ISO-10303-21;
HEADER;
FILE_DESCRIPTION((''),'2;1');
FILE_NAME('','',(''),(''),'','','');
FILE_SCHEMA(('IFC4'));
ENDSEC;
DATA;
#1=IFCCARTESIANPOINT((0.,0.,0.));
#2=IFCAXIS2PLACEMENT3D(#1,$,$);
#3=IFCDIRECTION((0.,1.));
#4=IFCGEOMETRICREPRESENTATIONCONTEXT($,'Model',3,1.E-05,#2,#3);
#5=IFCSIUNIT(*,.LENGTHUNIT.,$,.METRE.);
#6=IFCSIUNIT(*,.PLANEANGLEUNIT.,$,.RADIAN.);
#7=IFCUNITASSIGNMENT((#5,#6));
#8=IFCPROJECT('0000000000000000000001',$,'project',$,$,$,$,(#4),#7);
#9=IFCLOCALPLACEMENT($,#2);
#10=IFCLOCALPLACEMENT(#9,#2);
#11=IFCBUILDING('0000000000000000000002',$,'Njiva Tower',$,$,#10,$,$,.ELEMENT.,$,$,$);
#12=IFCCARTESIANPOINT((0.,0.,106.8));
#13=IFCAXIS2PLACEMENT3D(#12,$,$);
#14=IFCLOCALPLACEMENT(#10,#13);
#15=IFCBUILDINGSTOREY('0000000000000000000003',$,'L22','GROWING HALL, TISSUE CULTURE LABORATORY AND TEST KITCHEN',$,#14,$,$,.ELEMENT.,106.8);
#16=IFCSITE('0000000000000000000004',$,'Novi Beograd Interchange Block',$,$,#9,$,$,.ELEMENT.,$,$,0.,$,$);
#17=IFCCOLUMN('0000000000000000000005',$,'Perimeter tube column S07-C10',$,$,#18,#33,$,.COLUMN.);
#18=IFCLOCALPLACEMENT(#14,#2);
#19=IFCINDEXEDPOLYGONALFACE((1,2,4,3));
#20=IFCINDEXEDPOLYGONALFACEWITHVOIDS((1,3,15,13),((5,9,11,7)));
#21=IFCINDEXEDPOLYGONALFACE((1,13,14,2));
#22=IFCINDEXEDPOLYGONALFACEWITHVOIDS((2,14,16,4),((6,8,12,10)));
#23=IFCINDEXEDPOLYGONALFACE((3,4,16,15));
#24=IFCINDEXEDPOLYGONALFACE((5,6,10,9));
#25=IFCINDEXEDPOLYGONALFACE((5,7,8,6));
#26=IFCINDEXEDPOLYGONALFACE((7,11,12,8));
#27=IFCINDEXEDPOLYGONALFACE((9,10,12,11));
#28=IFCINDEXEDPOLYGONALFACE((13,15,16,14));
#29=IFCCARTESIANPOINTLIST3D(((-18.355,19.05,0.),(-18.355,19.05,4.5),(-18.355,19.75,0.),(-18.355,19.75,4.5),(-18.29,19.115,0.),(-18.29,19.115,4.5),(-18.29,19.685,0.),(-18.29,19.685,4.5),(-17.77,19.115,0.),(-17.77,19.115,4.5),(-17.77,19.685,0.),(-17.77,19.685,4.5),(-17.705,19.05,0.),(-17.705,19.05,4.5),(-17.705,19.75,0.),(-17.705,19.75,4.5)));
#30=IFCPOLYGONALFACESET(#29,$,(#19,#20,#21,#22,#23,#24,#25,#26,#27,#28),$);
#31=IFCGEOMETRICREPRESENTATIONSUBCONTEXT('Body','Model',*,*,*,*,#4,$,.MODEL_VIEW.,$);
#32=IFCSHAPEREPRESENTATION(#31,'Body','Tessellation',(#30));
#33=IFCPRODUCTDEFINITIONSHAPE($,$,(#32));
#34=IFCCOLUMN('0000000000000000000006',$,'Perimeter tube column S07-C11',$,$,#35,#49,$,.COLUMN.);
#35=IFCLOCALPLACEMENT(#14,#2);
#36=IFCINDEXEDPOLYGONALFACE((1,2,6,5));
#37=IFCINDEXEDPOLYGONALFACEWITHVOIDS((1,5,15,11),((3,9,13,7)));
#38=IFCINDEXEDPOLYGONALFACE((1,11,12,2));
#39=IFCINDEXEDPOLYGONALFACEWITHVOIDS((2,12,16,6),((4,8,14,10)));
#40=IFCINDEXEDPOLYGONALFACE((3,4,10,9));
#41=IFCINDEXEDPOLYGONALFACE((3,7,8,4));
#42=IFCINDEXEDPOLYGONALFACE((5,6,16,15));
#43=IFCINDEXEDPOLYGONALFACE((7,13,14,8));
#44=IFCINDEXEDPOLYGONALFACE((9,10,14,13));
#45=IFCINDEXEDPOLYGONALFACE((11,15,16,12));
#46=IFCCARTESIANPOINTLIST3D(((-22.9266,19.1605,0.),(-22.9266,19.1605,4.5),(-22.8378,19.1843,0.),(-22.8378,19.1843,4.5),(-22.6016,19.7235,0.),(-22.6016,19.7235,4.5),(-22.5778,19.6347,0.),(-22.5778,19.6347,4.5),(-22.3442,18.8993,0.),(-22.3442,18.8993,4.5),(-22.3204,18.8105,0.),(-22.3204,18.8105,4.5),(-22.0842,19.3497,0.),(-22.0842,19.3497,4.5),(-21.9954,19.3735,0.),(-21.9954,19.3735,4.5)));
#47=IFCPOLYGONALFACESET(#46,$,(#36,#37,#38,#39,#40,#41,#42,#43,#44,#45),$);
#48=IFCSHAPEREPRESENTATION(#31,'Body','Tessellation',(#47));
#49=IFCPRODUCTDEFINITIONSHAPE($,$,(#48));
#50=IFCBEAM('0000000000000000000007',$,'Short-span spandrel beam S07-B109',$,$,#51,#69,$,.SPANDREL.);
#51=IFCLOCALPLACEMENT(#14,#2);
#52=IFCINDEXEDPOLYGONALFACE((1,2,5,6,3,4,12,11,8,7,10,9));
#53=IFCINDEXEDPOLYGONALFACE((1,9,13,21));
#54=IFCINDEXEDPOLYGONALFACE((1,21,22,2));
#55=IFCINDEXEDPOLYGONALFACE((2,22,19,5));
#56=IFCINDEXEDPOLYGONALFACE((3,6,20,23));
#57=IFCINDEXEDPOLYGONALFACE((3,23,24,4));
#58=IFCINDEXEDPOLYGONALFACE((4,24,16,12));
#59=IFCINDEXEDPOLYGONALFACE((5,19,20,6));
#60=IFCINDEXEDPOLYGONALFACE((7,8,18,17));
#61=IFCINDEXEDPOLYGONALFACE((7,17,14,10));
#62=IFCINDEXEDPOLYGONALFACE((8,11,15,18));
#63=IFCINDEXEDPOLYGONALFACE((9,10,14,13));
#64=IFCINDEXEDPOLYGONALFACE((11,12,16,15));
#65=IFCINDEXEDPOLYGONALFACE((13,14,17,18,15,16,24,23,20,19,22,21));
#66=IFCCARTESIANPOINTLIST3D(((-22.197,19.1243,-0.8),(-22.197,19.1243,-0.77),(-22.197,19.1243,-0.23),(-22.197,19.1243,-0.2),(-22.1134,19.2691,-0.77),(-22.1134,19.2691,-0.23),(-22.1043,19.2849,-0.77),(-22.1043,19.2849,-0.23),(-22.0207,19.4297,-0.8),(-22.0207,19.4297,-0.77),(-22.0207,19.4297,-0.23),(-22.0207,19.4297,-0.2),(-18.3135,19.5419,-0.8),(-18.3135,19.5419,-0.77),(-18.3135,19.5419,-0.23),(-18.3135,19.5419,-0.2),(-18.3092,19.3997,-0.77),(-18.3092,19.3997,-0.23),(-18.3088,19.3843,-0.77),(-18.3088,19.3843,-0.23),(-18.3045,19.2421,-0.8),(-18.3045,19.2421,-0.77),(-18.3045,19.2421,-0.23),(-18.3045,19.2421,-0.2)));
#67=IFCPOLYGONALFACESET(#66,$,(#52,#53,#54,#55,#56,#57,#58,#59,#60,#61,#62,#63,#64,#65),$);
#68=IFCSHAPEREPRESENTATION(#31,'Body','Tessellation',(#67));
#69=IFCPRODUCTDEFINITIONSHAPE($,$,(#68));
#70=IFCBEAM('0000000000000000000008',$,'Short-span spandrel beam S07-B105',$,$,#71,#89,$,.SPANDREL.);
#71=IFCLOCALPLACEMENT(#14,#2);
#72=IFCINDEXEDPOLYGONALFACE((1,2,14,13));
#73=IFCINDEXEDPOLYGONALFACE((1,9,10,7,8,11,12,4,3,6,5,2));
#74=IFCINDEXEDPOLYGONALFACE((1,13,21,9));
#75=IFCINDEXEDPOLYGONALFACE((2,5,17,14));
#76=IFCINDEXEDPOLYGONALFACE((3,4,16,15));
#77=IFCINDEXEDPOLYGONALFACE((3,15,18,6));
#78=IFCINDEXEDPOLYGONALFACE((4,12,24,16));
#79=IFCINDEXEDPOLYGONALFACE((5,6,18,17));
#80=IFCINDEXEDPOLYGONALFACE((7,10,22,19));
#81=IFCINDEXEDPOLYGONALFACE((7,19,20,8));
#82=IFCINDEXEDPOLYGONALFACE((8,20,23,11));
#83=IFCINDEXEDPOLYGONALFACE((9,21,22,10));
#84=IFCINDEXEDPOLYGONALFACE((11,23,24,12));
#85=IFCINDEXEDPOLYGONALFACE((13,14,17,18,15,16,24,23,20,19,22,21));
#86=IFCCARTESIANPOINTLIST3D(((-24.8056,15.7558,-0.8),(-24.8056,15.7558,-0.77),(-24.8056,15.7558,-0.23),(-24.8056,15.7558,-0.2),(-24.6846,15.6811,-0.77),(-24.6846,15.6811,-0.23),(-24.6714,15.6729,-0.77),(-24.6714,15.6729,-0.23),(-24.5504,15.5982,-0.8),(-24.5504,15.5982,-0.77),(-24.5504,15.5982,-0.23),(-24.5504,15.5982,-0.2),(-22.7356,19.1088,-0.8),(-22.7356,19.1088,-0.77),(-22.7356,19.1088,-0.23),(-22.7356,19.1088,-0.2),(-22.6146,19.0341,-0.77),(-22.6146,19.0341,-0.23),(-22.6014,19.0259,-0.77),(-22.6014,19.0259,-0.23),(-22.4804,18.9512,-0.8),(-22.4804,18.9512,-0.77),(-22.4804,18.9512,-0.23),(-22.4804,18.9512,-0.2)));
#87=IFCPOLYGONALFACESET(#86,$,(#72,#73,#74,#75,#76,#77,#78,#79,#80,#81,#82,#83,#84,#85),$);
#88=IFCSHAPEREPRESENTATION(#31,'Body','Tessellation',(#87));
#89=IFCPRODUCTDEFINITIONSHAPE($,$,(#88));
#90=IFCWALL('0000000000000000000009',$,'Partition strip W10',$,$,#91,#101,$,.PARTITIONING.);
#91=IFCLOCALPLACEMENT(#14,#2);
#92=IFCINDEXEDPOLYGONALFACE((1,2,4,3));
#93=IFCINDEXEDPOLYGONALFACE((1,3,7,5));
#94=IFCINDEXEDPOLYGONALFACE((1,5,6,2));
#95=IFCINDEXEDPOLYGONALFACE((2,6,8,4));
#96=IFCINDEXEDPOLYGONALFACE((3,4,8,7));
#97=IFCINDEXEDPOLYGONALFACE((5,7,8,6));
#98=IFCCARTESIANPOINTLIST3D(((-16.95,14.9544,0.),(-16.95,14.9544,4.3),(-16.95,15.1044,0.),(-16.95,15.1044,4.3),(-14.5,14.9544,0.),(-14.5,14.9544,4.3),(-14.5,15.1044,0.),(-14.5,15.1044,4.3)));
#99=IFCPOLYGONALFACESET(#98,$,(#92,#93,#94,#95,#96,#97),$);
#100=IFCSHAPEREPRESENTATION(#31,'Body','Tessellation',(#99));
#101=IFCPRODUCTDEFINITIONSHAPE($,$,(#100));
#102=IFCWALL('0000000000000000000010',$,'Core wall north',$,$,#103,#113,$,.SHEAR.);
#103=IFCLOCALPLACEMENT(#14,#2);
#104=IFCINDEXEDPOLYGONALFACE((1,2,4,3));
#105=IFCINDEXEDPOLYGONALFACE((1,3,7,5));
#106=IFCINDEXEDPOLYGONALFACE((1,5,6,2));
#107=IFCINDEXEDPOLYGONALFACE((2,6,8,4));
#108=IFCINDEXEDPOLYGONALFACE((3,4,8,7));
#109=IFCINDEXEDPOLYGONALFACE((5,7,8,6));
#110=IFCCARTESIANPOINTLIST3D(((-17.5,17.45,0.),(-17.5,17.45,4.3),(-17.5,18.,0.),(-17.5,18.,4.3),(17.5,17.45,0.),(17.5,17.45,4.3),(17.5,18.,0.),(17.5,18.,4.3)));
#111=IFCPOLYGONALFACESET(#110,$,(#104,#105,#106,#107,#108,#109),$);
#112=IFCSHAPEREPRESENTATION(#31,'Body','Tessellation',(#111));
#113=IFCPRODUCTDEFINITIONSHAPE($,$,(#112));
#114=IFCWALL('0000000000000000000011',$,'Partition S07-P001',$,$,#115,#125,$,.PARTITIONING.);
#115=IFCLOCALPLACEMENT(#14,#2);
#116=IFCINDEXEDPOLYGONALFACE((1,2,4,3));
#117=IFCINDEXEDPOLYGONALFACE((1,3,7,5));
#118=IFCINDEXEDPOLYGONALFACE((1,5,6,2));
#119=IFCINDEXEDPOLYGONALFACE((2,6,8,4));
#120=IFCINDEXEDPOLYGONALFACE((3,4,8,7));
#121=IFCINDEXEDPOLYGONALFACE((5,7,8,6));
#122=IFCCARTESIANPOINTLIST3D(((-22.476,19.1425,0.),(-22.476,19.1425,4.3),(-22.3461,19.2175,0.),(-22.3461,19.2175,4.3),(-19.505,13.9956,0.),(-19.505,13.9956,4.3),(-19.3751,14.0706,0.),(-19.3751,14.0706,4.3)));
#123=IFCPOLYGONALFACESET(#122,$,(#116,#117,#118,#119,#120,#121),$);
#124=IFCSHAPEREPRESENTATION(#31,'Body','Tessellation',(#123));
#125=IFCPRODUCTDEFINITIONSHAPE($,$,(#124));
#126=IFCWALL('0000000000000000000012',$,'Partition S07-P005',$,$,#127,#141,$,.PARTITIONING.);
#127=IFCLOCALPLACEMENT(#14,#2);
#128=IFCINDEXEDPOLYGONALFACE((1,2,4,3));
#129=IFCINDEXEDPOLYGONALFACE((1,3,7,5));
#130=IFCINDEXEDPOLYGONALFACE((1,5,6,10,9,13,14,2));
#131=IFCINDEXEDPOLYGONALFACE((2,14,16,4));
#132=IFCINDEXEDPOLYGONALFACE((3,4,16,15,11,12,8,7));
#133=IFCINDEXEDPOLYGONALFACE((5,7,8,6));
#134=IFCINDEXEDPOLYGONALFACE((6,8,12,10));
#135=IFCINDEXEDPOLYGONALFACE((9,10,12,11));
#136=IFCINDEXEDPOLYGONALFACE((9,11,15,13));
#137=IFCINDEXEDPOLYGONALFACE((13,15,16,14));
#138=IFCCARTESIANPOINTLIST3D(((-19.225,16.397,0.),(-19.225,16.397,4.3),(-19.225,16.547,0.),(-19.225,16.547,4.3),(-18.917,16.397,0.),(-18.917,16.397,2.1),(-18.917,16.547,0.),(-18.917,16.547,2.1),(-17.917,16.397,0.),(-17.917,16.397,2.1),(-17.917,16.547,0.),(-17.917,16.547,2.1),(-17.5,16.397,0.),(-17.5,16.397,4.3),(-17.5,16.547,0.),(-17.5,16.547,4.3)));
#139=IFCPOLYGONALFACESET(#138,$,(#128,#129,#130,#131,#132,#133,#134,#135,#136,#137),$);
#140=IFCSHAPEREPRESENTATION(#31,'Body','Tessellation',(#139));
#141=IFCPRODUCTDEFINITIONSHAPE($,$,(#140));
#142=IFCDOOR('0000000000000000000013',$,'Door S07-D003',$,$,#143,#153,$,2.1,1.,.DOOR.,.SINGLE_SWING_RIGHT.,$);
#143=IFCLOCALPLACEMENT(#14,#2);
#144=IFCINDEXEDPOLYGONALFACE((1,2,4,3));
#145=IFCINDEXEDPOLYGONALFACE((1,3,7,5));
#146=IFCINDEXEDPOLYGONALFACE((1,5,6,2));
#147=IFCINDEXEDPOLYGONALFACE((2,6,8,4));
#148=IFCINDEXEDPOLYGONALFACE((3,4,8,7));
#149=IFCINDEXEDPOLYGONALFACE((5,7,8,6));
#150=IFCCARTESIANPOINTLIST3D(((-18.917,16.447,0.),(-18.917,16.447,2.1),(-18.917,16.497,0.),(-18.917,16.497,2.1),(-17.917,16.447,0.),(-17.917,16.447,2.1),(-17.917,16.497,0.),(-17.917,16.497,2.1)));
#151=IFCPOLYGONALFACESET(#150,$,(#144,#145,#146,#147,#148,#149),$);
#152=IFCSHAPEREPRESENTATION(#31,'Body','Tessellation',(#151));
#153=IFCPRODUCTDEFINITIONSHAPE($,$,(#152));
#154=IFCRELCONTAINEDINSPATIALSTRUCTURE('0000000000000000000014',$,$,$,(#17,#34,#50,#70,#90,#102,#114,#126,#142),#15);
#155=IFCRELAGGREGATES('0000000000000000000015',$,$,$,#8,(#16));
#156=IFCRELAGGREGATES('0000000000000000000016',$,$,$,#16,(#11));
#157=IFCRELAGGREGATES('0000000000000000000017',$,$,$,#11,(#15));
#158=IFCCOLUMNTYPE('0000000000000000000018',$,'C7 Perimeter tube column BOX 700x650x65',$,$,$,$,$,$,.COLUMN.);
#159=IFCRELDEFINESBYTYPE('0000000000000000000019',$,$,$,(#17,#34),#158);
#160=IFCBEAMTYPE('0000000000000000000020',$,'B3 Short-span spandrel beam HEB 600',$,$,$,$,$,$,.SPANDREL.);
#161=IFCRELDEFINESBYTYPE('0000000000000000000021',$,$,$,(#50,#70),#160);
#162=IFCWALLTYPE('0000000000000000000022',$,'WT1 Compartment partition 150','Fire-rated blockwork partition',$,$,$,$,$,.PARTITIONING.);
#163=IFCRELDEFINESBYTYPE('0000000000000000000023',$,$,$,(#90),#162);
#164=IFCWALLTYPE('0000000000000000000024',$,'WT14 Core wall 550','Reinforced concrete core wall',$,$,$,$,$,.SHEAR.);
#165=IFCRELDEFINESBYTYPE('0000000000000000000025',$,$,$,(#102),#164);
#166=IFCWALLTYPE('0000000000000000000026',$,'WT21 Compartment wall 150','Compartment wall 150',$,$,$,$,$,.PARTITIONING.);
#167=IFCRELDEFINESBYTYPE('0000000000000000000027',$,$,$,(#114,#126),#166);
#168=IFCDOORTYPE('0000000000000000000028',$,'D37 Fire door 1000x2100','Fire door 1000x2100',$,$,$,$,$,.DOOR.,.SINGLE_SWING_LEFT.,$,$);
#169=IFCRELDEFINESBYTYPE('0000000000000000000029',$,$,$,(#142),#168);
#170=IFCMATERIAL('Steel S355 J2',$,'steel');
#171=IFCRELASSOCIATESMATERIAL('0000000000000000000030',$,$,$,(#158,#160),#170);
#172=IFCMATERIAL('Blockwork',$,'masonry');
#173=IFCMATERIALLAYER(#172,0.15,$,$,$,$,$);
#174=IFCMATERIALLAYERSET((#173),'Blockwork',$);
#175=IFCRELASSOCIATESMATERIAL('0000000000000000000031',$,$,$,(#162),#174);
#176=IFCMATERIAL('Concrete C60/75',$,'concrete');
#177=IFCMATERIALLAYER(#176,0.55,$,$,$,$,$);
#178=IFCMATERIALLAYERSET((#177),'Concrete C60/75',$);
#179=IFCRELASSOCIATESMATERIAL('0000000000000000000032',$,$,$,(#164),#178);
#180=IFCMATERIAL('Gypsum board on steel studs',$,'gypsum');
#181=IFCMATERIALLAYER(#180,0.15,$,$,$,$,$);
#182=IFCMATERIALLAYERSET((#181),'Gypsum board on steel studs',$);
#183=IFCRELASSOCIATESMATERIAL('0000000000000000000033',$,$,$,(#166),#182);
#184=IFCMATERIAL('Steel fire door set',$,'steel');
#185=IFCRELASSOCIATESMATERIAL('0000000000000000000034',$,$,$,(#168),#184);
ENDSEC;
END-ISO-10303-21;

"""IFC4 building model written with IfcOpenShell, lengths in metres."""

from ifc_helpers import new_model, si_unit, direction, frame, frame_2d, origin, origin_2d, place, context, subcontext, project, spatial, rectangle, hollow_rectangle, i_section, extrude, clip, halfspace, material, layer, layer_set, material_profile, profile_set, type_object, element, fill, save


model = new_model("IFC4")

# Units and contexts
model_context = context("Model", 3, precision=1e-05, world=origin(), true_north=direction((0.0, 1.0)))
body_context = subcontext(model_context, "Body", "Model", "MODEL_VIEW")
ifc_project = project(units=[si_unit("LENGTHUNIT", "METRE"), si_unit("PLANEANGLEUNIT", "RADIAN")], contexts=[model_context])

# Site, building, storey
site_placement = place(None, origin())
site = spatial("IfcSite", under=ifc_project, at=site_placement, Name="Novi Beograd Interchange Block", CompositionType="ELEMENT", RefElevation=0.0)
building_placement = place(site_placement, origin())
building = spatial("IfcBuilding", under=site, at=building_placement, Name="Njiva Tower", CompositionType="ELEMENT")
storey_placement = place(building_placement, frame((0.0, 0.0, 106.8)))
storey = spatial("IfcBuildingStorey", under=building, at=storey_placement, Name="L22", Description="GROWING HALL, TISSUE CULTURE LABORATORY AND TEST KITCHEN", CompositionType="ELEMENT", Elevation=106.8)

# Columns
ifc_material_1 = material(Name="Steel S355 J2", Category="steel")
ifc_material_profile_1 = material_profile(ifc_material_1, hollow_rectangle(XDim=0.65, YDim=0.7, WallThickness=0.065, at=origin_2d()), Name="BOX 700x650x65")
ifc_profile_set_1 = profile_set([ifc_material_profile_1], Name="Steel S355 J2")
column_type = type_object("IfcColumnType", Name="C7 Perimeter tube column BOX 700x650x65", PredefinedType="COLUMN", material=ifc_profile_set_1)
for number, where, z_axis, x_axis, name in (
    (1, (-18.03, 19.4, 0.0), (0.0, 0.0, 1.0), (-1.0, 0.0, 0.0), "Perimeter tube column S07-C10"),
    (2, (-22.461, 19.267, 0.0), (0.0, 0.0, 1.0), (-0.5, -0.866025, 0.0), "Perimeter tube column S07-C11"),
):
    element("IfcColumn", number, at=place(storey_placement, frame(where, z_axis=z_axis, x_axis=x_axis)), inside=storey, type_object=column_type, Name=name, PredefinedType="COLUMN", context=body_context, shape_type="SweptSolid", body=[
        extrude(hollow_rectangle(XDim=0.65, YDim=0.7, WallThickness=0.065, at=origin_2d()), origin(), (0.0, 0.0, 1.0), 4.5),
    ])

# Beams
ifc_material_profile_2 = material_profile(ifc_material_1, i_section(OverallWidth=0.3, OverallDepth=0.6, WebThickness=0.0155, FlangeThickness=0.03, at=origin_2d()), Name="HEB 600")
ifc_profile_set_2 = profile_set([ifc_material_profile_2], Name="Steel S355 J2")
beam_type = type_object("IfcBeamType", Name="B3 Short-span spandrel beam HEB 600", PredefinedType="SPANDREL", material=ifc_profile_set_2)
beam_1_placement = place(storey_placement, frame((-18.309, 19.392, -0.5), z_axis=(-0.999542, -0.030249, 0.0), x_axis=(0.030249, -0.999542, 0.0)))
element("IfcBeam", 3, at=beam_1_placement, inside=storey, type_object=beam_type, Name="Short-span spandrel beam S07-B109", PredefinedType="SPANDREL", context=body_context, shape_type="Clipping", body=[
    clip(extrude(i_section(OverallWidth=0.3, OverallDepth=0.6, WebThickness=0.0155, FlangeThickness=0.03, at=origin_2d()), origin(), (0.0, 0.0, 1.0), 3.9147), halfspace(frame((-0.0268, 0.0, 3.785), z_axis=(-0.525966, 0.0, 0.850506), x_axis=(0.0, 1.0, 0.0)), False)),
])
beam_2_placement = place(storey_placement, frame((-22.608, 19.03, -0.5), z_axis=(-0.525315, -0.850908, 0.0), x_axis=(0.850908, -0.525315, 0.0)))
element("IfcBeam", 4, at=beam_2_placement, inside=storey, type_object=beam_type, Name="Short-span spandrel beam S07-B105", PredefinedType="SPANDREL", context=body_context, shape_type="SweptSolid", body=[
    extrude(i_section(OverallWidth=0.3, OverallDepth=0.6, WebThickness=0.0155, FlangeThickness=0.03, at=origin_2d()), origin(), (0.0, 0.0, 1.0), 3.9405),
])

# Walls
ifc_material_2 = material(Name="Blockwork", Category="masonry")
ifc_layer_1 = layer(ifc_material_2, 0.15)
ifc_layer_set_1 = layer_set([ifc_layer_1], Name="Blockwork")
wall_type_1 = type_object("IfcWallType", Name="WT1 Compartment partition 150", Description="Fire-rated blockwork partition", PredefinedType="PARTITIONING", material=ifc_layer_set_1)
wall_1_placement = place(storey_placement, frame((-16.95, 15.0294, 0.0), z_axis=(0.0, 0.0, 1.0), x_axis=(1.0, 0.0, 0.0)))
element("IfcWall", 5, at=wall_1_placement, inside=storey, type_object=wall_type_1, Name="Partition strip W10", PredefinedType="PARTITIONING", context=body_context, shape_type="SweptSolid", body=[
    extrude(rectangle(XDim=2.45, YDim=0.15, at=frame_2d((1.225, 0.0))), origin(), (0.0, 0.0, 1.0), 4.3),
])
ifc_material_3 = material(Name="Concrete C60/75", Category="concrete")
ifc_layer_2 = layer(ifc_material_3, 0.55)
ifc_layer_set_2 = layer_set([ifc_layer_2], Name="Concrete C60/75")
wall_type_2 = type_object("IfcWallType", Name="WT14 Core wall 550", Description="Reinforced concrete core wall", PredefinedType="SHEAR", material=ifc_layer_set_2)
wall_2_placement = place(storey_placement, frame((-17.5, 17.725, 0.0), z_axis=(0.0, 0.0, 1.0), x_axis=(1.0, 0.0, 0.0)))
element("IfcWall", 6, at=wall_2_placement, inside=storey, type_object=wall_type_2, Name="Core wall north", PredefinedType="SHEAR", context=body_context, shape_type="SweptSolid", body=[
    extrude(rectangle(XDim=35.0, YDim=0.55, at=frame_2d((17.5, 0.0))), origin(), (0.0, 0.0, 1.0), 4.3),
])
ifc_material_4 = material(Name="Gypsum board on steel studs", Category="gypsum")
ifc_layer_3 = layer(ifc_material_4, 0.15)
ifc_layer_set_3 = layer_set([ifc_layer_3], Name="Gypsum board on steel studs")
wall_type_3 = type_object("IfcWallType", Name="WT21 Compartment wall 150", Description="Compartment wall 150", PredefinedType="PARTITIONING", material=ifc_layer_set_3)
wall_3_placement = place(storey_placement, frame((-22.411, 19.18, 0.0), z_axis=(0.0, 0.0, 1.0), x_axis=(0.499922, -0.866071, 0.0)))
element("IfcWall", 7, at=wall_3_placement, inside=storey, type_object=wall_type_3, Name="Partition S07-P001", PredefinedType="PARTITIONING", context=body_context, shape_type="SweptSolid", body=[
    extrude(rectangle(XDim=5.9429, YDim=0.15, at=frame_2d((2.9714, 0.0))), origin(), (0.0, 0.0, 1.0), 4.3),
])

# Wall, opening, door
wall_4_placement = place(storey_placement, frame((-19.225, 16.472, 0.0), z_axis=(0.0, 0.0, 1.0), x_axis=(1.0, 0.0, 0.0)))
wall_4 = element("IfcWall", 8, at=wall_4_placement, inside=storey, type_object=wall_type_3, Name="Partition S07-P005", PredefinedType="PARTITIONING", context=body_context, shape_type="SweptSolid", body=[
    extrude(rectangle(XDim=1.725, YDim=0.15, at=frame_2d((0.8625, 0.0))), origin(), (0.0, 0.0, 1.0), 4.3),
])
opening_placement = place(wall_4_placement, frame((0.308, 0.0, 0.0)))
opening = element("IfcOpeningElement", 9, at=opening_placement, cuts=wall_4, PredefinedType="OPENING", context=body_context, shape_type="SweptSolid", body=[
    extrude(rectangle(XDim=1.0, YDim=2.1, at=frame_2d((0.5, 1.05))), frame((0.0, 0.085, 0.0), z_axis=(0.0, -1.0, 0.0), x_axis=(1.0, 0.0, 0.0)), (0.0, 0.0, 1.0), 0.17),
])
ifc_material_5 = material(Name="Steel fire door set", Category="steel")
door_type = type_object("IfcDoorType", Name="D37 Fire door 1000x2100", Description="Fire door 1000x2100", OperationType="SINGLE_SWING_LEFT", PredefinedType="DOOR", material=ifc_material_5)
door_placement = place(opening_placement, origin())
door = element("IfcDoor", 10, at=door_placement, inside=storey, type_object=door_type, Name="Door S07-D003", OperationType="SINGLE_SWING_RIGHT", OverallHeight=2.1, OverallWidth=1.0, PredefinedType="DOOR", context=body_context, shape_type="SweptSolid", body=[
    extrude(rectangle(XDim=1.0, YDim=2.1, at=frame_2d((0.5, 1.05))), frame((0.0, 0.025, 0.0), z_axis=(0.0, -1.0, 0.0), x_axis=(1.0, 0.0, 0.0)), (0.0, 0.0, 1.0), 0.05),
])
fill(opening, door)

save(model, "model.ifc")
